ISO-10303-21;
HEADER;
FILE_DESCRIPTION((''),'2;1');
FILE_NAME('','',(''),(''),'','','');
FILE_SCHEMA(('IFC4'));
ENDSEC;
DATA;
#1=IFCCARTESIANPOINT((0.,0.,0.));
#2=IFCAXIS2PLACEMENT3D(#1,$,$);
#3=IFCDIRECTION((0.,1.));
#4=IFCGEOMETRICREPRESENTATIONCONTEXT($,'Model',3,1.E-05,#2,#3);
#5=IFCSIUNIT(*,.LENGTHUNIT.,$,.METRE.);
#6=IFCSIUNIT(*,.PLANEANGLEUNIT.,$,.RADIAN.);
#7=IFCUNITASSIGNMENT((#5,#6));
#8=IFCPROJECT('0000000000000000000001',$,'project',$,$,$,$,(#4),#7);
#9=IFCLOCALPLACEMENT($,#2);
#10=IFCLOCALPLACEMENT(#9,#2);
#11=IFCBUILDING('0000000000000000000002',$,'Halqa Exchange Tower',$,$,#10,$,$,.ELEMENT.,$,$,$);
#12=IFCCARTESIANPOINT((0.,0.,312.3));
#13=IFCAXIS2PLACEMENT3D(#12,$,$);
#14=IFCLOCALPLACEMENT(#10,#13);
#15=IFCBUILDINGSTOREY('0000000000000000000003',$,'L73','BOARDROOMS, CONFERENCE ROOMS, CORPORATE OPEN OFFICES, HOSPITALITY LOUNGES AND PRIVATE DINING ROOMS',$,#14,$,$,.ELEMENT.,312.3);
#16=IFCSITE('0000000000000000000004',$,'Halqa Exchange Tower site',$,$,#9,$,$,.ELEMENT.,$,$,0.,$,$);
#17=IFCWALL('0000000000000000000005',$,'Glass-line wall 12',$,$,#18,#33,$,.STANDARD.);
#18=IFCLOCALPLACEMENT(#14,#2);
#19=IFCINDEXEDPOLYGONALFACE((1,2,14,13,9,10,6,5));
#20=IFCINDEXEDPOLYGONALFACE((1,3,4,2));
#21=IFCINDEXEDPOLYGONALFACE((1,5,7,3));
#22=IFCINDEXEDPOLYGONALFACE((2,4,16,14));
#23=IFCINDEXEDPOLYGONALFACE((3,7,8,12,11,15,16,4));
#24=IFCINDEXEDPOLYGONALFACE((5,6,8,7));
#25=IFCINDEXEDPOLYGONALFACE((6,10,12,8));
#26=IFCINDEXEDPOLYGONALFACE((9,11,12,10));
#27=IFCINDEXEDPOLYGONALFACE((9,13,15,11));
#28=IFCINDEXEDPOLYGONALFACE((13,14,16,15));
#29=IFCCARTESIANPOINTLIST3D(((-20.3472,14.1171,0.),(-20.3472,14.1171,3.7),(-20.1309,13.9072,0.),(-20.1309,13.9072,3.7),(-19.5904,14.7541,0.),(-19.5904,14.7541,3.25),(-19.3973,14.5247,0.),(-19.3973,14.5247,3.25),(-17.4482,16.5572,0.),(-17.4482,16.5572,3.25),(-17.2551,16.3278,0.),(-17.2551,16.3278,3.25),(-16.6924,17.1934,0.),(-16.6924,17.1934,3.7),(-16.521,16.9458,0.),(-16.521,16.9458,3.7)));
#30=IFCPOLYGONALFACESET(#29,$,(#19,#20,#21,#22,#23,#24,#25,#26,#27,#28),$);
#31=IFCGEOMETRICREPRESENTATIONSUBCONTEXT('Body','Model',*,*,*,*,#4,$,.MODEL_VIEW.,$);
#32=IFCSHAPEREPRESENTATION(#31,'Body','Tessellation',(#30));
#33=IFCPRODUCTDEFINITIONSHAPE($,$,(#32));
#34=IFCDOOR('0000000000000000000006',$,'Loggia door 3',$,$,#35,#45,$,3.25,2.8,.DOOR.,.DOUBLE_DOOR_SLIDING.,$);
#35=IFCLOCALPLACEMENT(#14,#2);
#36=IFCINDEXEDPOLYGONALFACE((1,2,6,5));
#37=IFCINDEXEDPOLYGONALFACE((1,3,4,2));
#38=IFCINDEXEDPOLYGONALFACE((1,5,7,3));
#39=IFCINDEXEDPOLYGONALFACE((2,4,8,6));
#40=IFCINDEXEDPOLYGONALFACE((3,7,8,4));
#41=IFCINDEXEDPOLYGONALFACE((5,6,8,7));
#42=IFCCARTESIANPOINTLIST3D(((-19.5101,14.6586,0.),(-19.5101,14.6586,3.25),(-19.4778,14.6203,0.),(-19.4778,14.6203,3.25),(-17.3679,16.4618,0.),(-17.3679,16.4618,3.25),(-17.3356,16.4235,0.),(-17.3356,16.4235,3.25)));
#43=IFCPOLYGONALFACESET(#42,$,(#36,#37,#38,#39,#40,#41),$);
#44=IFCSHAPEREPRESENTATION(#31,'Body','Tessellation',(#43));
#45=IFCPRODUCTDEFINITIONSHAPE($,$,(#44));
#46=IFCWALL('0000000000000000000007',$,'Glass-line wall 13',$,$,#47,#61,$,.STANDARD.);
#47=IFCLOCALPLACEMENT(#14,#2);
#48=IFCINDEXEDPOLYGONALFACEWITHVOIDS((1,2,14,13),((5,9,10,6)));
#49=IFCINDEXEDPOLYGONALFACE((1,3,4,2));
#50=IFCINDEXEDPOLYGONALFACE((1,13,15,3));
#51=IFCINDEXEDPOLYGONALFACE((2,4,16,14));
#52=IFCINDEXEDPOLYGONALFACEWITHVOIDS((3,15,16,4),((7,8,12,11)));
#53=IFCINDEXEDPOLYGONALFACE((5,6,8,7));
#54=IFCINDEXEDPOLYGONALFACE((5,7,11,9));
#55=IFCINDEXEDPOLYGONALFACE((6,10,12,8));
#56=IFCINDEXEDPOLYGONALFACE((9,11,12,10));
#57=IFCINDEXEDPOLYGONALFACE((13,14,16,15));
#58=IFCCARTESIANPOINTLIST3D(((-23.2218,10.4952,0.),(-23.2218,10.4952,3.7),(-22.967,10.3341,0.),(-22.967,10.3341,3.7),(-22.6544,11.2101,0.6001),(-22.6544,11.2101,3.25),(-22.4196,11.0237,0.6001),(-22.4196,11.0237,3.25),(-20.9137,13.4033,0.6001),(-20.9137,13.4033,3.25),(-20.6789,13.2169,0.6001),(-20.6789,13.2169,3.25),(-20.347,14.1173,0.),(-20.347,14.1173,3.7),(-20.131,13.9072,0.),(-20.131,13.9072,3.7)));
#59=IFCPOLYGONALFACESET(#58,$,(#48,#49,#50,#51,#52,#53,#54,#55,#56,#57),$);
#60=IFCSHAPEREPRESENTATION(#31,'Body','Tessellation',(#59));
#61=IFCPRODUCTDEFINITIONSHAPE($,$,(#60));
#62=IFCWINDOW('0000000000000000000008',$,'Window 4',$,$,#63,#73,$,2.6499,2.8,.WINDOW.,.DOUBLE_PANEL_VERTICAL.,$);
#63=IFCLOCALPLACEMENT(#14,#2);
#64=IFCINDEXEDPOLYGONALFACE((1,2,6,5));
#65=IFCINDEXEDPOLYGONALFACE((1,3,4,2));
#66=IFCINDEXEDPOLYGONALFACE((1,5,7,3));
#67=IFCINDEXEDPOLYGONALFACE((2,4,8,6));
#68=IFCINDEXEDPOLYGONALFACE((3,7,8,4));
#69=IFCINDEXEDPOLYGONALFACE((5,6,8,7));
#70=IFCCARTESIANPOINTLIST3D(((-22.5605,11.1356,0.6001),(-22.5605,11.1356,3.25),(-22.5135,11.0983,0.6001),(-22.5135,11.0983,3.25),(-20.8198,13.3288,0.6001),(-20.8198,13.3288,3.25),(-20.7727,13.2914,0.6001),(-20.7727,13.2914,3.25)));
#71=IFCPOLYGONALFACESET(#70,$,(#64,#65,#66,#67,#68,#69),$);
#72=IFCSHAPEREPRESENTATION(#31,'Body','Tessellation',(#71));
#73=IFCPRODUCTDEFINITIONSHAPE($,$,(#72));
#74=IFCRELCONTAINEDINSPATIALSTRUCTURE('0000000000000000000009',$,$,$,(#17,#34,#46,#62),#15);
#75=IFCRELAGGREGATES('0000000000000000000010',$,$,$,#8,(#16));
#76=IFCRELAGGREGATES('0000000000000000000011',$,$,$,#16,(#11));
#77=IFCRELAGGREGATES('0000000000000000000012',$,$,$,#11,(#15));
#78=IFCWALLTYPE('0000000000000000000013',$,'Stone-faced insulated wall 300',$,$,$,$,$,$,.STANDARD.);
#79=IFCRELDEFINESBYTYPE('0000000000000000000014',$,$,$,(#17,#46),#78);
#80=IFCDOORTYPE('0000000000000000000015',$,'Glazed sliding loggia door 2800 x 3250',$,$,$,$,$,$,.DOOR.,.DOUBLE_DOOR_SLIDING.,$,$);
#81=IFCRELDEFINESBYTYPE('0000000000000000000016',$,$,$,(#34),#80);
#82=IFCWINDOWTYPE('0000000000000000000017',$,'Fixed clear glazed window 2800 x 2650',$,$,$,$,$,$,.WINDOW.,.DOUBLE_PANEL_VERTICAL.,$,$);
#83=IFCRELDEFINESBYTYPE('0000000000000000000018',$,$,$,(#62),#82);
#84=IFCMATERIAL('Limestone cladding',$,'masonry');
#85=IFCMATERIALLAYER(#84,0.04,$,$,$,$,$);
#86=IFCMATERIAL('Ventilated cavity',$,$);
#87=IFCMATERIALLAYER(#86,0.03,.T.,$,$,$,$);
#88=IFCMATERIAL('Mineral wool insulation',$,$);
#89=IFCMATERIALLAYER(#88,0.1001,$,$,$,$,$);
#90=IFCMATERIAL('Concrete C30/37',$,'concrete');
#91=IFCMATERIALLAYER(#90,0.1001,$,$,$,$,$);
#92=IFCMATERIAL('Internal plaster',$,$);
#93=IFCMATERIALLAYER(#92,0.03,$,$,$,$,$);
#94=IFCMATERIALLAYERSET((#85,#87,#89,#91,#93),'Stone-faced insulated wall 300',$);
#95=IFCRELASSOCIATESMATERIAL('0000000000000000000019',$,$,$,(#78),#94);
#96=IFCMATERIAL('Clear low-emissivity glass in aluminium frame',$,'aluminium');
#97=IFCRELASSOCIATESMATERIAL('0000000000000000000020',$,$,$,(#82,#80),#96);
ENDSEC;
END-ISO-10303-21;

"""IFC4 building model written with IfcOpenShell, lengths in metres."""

from ifc_helpers import new_model, si_unit, direction, frame, frame_2d, origin, place, context, subcontext, project, spatial, polyline, rectangle, outline, extrude, material, layer, layer_set, type_object, element, fill, save


model = new_model("IFC4")

# Units and contexts
model_context = context("Model", 3, precision=1e-05, world=origin(), true_north=direction((0.0, 1.0)))
body_context = subcontext(model_context, "Body", "Model", "MODEL_VIEW")
ifc_project = project(units=[si_unit("LENGTHUNIT", "METRE"), si_unit("PLANEANGLEUNIT", "RADIAN")], contexts=[model_context])

# Site, building, storey
site_placement = place(None, origin())
site = spatial("IfcSite", under=ifc_project, at=site_placement, Name="Halqa Exchange Tower site", CompositionType="ELEMENT", RefElevation=0.0)
building_placement = place(site_placement, origin())
building = spatial("IfcBuilding", under=site, at=building_placement, Name="Halqa Exchange Tower", CompositionType="ELEMENT")
storey_placement = place(building_placement, frame((0.0, 0.0, 312.3)))
storey = spatial("IfcBuildingStorey", under=building, at=storey_placement, Name="L73", Description="BOARDROOMS, CONFERENCE ROOMS, CORPORATE OPEN OFFICES, HOSPITALITY LOUNGES AND PRIVATE DINING ROOMS", CompositionType="ELEMENT", Elevation=312.3)

# Shared definitions
ifc_material_1 = material(Name="Limestone cladding", Category="masonry")
ifc_layer_1 = layer(ifc_material_1, 0.04)
ifc_material_2 = material(Name="Ventilated cavity")
ifc_layer_2 = layer(ifc_material_2, 0.03, ventilated=True)
ifc_material_3 = material(Name="Mineral wool insulation")
ifc_layer_3 = layer(ifc_material_3, 0.1001)
ifc_material_4 = material(Name="Concrete C30/37", Category="concrete")
ifc_layer_4 = layer(ifc_material_4, 0.1001)
ifc_material_5 = material(Name="Internal plaster")
ifc_layer_5 = layer(ifc_material_5, 0.03)
ifc_layer_set_1 = layer_set([ifc_layer_1, ifc_layer_2, ifc_layer_3, ifc_layer_4, ifc_layer_5], Name="Stone-faced insulated wall 300")
wall_type_1 = type_object("IfcWallType", Name="Stone-faced insulated wall 300", PredefinedType="STANDARD", material=ifc_layer_set_1)
ifc_material_6 = material(Name="Clear low-emissivity glass in aluminium frame", Category="aluminium")
window_type = type_object("IfcWindowType", Name="Fixed clear glazed window 2800 x 2650", PartitioningType="DOUBLE_PANEL_VERTICAL", PredefinedType="WINDOW", material=ifc_material_6)

# Wall, opening, door
wall_1_placement = place(storey_placement, frame((-16.6067, 17.0696, 0.0), z_axis=(0.0, 0.0, 1.0), x_axis=(-0.765059, -0.64396, 0.0)))
wall_1 = element("IfcWall", 1, at=wall_1_placement, inside=storey, type_object=wall_type_1, Name="Glass-line wall 12", PredefinedType="STANDARD", context=body_context, shape_type="SweptSolid", body=[
    extrude(outline(polyline([(-0.0142, -0.1499), (4.7629, -0.1499), (4.7327, 0.1499), (0.0142, 0.1499), (-0.0142, -0.1499)])), origin(), (0.0, 0.0, 1.0), 3.7),
])
opening_1_placement = place(wall_1_placement, frame((0.9739, 0.0, 0.0)))
opening_1 = element("IfcOpeningElement", 2, at=opening_1_placement, cuts=wall_1, PredefinedType="OPENING", context=body_context, shape_type="SweptSolid", body=[
    extrude(rectangle(XDim=2.8, YDim=3.25, at=frame_2d((1.3999, 1.625))), frame((0.0, 0.1621, 0.0), z_axis=(0.0, -1.0, 0.0), x_axis=(1.0, 0.0, 0.0)), (0.0, 0.0, 1.0), 0.324),
])
door_type_1 = type_object("IfcDoorType", Name="Glazed sliding loggia door 2800 x 3250", OperationType="DOUBLE_DOOR_SLIDING", PredefinedType="DOOR", material=ifc_material_6)
door_1_placement = place(opening_1_placement, origin())
door_1 = element("IfcDoor", 3, at=door_1_placement, inside=storey, type_object=door_type_1, Name="Loggia door 3", OperationType="DOUBLE_DOOR_SLIDING", OverallHeight=3.25, OverallWidth=2.8, PredefinedType="DOOR", context=body_context, shape_type="SweptSolid", body=[
    extrude(rectangle(XDim=2.8, YDim=3.25, at=frame_2d((1.3999, 1.625))), frame((0.0, 0.0249, 0.0), z_axis=(0.0, -1.0, 0.0), x_axis=(1.0, 0.0, 0.0)), (0.0, 0.0, 1.0), 0.05),
])
fill(opening_1, door_1)

# Wall, opening, window
wall_2_placement = place(storey_placement, frame((-20.239, 14.0122, 0.0), z_axis=(0.0, 0.0, 1.0), x_axis=(-0.621683, -0.783269, 0.0)))
wall_2 = element("IfcWall", 4, at=wall_2_placement, inside=storey, type_object=wall_type_1, Name="Glass-line wall 13", PredefinedType="STANDARD", context=body_context, shape_type="SweptSolid", body=[
    extrude(outline(polyline([(-0.0151, -0.1499), (4.6091, -0.1499), (4.5769, 0.1499), (0.0151, 0.1499), (-0.0151, -0.1499)])), origin(), (0.0, 0.0, 1.0), 3.7),
])
opening_2_placement = place(wall_2_placement, frame((0.8965, 0.0, 0.6001)))
opening_2 = element("IfcOpeningElement", 5, at=opening_2_placement, cuts=wall_2, PredefinedType="OPENING", context=body_context, shape_type="SweptSolid", body=[
    extrude(rectangle(XDim=2.8, YDim=2.6499, at=frame_2d((1.3999, 1.325))), frame((0.0, 0.1621, 0.0), z_axis=(0.0, -1.0, 0.0), x_axis=(1.0, 0.0, 0.0)), (0.0, 0.0, 1.0), 0.324),
])
window_1_placement = place(opening_2_placement, origin())
window_1 = element("IfcWindow", 6, at=window_1_placement, inside=storey, type_object=window_type, Name="Window 4", OverallHeight=2.6499, OverallWidth=2.8, PartitioningType="DOUBLE_PANEL_VERTICAL", PredefinedType="WINDOW", context=body_context, shape_type="SweptSolid", body=[
    extrude(rectangle(XDim=2.8, YDim=2.6499, at=frame_2d((1.3999, 1.325))), frame((0.0, 0.03, 0.0), z_axis=(0.0, -1.0, 0.0), x_axis=(1.0, 0.0, 0.0)), (0.0, 0.0, 1.0), 0.0601),
])
fill(opening_2, window_1)

save(model, "model.ifc")
